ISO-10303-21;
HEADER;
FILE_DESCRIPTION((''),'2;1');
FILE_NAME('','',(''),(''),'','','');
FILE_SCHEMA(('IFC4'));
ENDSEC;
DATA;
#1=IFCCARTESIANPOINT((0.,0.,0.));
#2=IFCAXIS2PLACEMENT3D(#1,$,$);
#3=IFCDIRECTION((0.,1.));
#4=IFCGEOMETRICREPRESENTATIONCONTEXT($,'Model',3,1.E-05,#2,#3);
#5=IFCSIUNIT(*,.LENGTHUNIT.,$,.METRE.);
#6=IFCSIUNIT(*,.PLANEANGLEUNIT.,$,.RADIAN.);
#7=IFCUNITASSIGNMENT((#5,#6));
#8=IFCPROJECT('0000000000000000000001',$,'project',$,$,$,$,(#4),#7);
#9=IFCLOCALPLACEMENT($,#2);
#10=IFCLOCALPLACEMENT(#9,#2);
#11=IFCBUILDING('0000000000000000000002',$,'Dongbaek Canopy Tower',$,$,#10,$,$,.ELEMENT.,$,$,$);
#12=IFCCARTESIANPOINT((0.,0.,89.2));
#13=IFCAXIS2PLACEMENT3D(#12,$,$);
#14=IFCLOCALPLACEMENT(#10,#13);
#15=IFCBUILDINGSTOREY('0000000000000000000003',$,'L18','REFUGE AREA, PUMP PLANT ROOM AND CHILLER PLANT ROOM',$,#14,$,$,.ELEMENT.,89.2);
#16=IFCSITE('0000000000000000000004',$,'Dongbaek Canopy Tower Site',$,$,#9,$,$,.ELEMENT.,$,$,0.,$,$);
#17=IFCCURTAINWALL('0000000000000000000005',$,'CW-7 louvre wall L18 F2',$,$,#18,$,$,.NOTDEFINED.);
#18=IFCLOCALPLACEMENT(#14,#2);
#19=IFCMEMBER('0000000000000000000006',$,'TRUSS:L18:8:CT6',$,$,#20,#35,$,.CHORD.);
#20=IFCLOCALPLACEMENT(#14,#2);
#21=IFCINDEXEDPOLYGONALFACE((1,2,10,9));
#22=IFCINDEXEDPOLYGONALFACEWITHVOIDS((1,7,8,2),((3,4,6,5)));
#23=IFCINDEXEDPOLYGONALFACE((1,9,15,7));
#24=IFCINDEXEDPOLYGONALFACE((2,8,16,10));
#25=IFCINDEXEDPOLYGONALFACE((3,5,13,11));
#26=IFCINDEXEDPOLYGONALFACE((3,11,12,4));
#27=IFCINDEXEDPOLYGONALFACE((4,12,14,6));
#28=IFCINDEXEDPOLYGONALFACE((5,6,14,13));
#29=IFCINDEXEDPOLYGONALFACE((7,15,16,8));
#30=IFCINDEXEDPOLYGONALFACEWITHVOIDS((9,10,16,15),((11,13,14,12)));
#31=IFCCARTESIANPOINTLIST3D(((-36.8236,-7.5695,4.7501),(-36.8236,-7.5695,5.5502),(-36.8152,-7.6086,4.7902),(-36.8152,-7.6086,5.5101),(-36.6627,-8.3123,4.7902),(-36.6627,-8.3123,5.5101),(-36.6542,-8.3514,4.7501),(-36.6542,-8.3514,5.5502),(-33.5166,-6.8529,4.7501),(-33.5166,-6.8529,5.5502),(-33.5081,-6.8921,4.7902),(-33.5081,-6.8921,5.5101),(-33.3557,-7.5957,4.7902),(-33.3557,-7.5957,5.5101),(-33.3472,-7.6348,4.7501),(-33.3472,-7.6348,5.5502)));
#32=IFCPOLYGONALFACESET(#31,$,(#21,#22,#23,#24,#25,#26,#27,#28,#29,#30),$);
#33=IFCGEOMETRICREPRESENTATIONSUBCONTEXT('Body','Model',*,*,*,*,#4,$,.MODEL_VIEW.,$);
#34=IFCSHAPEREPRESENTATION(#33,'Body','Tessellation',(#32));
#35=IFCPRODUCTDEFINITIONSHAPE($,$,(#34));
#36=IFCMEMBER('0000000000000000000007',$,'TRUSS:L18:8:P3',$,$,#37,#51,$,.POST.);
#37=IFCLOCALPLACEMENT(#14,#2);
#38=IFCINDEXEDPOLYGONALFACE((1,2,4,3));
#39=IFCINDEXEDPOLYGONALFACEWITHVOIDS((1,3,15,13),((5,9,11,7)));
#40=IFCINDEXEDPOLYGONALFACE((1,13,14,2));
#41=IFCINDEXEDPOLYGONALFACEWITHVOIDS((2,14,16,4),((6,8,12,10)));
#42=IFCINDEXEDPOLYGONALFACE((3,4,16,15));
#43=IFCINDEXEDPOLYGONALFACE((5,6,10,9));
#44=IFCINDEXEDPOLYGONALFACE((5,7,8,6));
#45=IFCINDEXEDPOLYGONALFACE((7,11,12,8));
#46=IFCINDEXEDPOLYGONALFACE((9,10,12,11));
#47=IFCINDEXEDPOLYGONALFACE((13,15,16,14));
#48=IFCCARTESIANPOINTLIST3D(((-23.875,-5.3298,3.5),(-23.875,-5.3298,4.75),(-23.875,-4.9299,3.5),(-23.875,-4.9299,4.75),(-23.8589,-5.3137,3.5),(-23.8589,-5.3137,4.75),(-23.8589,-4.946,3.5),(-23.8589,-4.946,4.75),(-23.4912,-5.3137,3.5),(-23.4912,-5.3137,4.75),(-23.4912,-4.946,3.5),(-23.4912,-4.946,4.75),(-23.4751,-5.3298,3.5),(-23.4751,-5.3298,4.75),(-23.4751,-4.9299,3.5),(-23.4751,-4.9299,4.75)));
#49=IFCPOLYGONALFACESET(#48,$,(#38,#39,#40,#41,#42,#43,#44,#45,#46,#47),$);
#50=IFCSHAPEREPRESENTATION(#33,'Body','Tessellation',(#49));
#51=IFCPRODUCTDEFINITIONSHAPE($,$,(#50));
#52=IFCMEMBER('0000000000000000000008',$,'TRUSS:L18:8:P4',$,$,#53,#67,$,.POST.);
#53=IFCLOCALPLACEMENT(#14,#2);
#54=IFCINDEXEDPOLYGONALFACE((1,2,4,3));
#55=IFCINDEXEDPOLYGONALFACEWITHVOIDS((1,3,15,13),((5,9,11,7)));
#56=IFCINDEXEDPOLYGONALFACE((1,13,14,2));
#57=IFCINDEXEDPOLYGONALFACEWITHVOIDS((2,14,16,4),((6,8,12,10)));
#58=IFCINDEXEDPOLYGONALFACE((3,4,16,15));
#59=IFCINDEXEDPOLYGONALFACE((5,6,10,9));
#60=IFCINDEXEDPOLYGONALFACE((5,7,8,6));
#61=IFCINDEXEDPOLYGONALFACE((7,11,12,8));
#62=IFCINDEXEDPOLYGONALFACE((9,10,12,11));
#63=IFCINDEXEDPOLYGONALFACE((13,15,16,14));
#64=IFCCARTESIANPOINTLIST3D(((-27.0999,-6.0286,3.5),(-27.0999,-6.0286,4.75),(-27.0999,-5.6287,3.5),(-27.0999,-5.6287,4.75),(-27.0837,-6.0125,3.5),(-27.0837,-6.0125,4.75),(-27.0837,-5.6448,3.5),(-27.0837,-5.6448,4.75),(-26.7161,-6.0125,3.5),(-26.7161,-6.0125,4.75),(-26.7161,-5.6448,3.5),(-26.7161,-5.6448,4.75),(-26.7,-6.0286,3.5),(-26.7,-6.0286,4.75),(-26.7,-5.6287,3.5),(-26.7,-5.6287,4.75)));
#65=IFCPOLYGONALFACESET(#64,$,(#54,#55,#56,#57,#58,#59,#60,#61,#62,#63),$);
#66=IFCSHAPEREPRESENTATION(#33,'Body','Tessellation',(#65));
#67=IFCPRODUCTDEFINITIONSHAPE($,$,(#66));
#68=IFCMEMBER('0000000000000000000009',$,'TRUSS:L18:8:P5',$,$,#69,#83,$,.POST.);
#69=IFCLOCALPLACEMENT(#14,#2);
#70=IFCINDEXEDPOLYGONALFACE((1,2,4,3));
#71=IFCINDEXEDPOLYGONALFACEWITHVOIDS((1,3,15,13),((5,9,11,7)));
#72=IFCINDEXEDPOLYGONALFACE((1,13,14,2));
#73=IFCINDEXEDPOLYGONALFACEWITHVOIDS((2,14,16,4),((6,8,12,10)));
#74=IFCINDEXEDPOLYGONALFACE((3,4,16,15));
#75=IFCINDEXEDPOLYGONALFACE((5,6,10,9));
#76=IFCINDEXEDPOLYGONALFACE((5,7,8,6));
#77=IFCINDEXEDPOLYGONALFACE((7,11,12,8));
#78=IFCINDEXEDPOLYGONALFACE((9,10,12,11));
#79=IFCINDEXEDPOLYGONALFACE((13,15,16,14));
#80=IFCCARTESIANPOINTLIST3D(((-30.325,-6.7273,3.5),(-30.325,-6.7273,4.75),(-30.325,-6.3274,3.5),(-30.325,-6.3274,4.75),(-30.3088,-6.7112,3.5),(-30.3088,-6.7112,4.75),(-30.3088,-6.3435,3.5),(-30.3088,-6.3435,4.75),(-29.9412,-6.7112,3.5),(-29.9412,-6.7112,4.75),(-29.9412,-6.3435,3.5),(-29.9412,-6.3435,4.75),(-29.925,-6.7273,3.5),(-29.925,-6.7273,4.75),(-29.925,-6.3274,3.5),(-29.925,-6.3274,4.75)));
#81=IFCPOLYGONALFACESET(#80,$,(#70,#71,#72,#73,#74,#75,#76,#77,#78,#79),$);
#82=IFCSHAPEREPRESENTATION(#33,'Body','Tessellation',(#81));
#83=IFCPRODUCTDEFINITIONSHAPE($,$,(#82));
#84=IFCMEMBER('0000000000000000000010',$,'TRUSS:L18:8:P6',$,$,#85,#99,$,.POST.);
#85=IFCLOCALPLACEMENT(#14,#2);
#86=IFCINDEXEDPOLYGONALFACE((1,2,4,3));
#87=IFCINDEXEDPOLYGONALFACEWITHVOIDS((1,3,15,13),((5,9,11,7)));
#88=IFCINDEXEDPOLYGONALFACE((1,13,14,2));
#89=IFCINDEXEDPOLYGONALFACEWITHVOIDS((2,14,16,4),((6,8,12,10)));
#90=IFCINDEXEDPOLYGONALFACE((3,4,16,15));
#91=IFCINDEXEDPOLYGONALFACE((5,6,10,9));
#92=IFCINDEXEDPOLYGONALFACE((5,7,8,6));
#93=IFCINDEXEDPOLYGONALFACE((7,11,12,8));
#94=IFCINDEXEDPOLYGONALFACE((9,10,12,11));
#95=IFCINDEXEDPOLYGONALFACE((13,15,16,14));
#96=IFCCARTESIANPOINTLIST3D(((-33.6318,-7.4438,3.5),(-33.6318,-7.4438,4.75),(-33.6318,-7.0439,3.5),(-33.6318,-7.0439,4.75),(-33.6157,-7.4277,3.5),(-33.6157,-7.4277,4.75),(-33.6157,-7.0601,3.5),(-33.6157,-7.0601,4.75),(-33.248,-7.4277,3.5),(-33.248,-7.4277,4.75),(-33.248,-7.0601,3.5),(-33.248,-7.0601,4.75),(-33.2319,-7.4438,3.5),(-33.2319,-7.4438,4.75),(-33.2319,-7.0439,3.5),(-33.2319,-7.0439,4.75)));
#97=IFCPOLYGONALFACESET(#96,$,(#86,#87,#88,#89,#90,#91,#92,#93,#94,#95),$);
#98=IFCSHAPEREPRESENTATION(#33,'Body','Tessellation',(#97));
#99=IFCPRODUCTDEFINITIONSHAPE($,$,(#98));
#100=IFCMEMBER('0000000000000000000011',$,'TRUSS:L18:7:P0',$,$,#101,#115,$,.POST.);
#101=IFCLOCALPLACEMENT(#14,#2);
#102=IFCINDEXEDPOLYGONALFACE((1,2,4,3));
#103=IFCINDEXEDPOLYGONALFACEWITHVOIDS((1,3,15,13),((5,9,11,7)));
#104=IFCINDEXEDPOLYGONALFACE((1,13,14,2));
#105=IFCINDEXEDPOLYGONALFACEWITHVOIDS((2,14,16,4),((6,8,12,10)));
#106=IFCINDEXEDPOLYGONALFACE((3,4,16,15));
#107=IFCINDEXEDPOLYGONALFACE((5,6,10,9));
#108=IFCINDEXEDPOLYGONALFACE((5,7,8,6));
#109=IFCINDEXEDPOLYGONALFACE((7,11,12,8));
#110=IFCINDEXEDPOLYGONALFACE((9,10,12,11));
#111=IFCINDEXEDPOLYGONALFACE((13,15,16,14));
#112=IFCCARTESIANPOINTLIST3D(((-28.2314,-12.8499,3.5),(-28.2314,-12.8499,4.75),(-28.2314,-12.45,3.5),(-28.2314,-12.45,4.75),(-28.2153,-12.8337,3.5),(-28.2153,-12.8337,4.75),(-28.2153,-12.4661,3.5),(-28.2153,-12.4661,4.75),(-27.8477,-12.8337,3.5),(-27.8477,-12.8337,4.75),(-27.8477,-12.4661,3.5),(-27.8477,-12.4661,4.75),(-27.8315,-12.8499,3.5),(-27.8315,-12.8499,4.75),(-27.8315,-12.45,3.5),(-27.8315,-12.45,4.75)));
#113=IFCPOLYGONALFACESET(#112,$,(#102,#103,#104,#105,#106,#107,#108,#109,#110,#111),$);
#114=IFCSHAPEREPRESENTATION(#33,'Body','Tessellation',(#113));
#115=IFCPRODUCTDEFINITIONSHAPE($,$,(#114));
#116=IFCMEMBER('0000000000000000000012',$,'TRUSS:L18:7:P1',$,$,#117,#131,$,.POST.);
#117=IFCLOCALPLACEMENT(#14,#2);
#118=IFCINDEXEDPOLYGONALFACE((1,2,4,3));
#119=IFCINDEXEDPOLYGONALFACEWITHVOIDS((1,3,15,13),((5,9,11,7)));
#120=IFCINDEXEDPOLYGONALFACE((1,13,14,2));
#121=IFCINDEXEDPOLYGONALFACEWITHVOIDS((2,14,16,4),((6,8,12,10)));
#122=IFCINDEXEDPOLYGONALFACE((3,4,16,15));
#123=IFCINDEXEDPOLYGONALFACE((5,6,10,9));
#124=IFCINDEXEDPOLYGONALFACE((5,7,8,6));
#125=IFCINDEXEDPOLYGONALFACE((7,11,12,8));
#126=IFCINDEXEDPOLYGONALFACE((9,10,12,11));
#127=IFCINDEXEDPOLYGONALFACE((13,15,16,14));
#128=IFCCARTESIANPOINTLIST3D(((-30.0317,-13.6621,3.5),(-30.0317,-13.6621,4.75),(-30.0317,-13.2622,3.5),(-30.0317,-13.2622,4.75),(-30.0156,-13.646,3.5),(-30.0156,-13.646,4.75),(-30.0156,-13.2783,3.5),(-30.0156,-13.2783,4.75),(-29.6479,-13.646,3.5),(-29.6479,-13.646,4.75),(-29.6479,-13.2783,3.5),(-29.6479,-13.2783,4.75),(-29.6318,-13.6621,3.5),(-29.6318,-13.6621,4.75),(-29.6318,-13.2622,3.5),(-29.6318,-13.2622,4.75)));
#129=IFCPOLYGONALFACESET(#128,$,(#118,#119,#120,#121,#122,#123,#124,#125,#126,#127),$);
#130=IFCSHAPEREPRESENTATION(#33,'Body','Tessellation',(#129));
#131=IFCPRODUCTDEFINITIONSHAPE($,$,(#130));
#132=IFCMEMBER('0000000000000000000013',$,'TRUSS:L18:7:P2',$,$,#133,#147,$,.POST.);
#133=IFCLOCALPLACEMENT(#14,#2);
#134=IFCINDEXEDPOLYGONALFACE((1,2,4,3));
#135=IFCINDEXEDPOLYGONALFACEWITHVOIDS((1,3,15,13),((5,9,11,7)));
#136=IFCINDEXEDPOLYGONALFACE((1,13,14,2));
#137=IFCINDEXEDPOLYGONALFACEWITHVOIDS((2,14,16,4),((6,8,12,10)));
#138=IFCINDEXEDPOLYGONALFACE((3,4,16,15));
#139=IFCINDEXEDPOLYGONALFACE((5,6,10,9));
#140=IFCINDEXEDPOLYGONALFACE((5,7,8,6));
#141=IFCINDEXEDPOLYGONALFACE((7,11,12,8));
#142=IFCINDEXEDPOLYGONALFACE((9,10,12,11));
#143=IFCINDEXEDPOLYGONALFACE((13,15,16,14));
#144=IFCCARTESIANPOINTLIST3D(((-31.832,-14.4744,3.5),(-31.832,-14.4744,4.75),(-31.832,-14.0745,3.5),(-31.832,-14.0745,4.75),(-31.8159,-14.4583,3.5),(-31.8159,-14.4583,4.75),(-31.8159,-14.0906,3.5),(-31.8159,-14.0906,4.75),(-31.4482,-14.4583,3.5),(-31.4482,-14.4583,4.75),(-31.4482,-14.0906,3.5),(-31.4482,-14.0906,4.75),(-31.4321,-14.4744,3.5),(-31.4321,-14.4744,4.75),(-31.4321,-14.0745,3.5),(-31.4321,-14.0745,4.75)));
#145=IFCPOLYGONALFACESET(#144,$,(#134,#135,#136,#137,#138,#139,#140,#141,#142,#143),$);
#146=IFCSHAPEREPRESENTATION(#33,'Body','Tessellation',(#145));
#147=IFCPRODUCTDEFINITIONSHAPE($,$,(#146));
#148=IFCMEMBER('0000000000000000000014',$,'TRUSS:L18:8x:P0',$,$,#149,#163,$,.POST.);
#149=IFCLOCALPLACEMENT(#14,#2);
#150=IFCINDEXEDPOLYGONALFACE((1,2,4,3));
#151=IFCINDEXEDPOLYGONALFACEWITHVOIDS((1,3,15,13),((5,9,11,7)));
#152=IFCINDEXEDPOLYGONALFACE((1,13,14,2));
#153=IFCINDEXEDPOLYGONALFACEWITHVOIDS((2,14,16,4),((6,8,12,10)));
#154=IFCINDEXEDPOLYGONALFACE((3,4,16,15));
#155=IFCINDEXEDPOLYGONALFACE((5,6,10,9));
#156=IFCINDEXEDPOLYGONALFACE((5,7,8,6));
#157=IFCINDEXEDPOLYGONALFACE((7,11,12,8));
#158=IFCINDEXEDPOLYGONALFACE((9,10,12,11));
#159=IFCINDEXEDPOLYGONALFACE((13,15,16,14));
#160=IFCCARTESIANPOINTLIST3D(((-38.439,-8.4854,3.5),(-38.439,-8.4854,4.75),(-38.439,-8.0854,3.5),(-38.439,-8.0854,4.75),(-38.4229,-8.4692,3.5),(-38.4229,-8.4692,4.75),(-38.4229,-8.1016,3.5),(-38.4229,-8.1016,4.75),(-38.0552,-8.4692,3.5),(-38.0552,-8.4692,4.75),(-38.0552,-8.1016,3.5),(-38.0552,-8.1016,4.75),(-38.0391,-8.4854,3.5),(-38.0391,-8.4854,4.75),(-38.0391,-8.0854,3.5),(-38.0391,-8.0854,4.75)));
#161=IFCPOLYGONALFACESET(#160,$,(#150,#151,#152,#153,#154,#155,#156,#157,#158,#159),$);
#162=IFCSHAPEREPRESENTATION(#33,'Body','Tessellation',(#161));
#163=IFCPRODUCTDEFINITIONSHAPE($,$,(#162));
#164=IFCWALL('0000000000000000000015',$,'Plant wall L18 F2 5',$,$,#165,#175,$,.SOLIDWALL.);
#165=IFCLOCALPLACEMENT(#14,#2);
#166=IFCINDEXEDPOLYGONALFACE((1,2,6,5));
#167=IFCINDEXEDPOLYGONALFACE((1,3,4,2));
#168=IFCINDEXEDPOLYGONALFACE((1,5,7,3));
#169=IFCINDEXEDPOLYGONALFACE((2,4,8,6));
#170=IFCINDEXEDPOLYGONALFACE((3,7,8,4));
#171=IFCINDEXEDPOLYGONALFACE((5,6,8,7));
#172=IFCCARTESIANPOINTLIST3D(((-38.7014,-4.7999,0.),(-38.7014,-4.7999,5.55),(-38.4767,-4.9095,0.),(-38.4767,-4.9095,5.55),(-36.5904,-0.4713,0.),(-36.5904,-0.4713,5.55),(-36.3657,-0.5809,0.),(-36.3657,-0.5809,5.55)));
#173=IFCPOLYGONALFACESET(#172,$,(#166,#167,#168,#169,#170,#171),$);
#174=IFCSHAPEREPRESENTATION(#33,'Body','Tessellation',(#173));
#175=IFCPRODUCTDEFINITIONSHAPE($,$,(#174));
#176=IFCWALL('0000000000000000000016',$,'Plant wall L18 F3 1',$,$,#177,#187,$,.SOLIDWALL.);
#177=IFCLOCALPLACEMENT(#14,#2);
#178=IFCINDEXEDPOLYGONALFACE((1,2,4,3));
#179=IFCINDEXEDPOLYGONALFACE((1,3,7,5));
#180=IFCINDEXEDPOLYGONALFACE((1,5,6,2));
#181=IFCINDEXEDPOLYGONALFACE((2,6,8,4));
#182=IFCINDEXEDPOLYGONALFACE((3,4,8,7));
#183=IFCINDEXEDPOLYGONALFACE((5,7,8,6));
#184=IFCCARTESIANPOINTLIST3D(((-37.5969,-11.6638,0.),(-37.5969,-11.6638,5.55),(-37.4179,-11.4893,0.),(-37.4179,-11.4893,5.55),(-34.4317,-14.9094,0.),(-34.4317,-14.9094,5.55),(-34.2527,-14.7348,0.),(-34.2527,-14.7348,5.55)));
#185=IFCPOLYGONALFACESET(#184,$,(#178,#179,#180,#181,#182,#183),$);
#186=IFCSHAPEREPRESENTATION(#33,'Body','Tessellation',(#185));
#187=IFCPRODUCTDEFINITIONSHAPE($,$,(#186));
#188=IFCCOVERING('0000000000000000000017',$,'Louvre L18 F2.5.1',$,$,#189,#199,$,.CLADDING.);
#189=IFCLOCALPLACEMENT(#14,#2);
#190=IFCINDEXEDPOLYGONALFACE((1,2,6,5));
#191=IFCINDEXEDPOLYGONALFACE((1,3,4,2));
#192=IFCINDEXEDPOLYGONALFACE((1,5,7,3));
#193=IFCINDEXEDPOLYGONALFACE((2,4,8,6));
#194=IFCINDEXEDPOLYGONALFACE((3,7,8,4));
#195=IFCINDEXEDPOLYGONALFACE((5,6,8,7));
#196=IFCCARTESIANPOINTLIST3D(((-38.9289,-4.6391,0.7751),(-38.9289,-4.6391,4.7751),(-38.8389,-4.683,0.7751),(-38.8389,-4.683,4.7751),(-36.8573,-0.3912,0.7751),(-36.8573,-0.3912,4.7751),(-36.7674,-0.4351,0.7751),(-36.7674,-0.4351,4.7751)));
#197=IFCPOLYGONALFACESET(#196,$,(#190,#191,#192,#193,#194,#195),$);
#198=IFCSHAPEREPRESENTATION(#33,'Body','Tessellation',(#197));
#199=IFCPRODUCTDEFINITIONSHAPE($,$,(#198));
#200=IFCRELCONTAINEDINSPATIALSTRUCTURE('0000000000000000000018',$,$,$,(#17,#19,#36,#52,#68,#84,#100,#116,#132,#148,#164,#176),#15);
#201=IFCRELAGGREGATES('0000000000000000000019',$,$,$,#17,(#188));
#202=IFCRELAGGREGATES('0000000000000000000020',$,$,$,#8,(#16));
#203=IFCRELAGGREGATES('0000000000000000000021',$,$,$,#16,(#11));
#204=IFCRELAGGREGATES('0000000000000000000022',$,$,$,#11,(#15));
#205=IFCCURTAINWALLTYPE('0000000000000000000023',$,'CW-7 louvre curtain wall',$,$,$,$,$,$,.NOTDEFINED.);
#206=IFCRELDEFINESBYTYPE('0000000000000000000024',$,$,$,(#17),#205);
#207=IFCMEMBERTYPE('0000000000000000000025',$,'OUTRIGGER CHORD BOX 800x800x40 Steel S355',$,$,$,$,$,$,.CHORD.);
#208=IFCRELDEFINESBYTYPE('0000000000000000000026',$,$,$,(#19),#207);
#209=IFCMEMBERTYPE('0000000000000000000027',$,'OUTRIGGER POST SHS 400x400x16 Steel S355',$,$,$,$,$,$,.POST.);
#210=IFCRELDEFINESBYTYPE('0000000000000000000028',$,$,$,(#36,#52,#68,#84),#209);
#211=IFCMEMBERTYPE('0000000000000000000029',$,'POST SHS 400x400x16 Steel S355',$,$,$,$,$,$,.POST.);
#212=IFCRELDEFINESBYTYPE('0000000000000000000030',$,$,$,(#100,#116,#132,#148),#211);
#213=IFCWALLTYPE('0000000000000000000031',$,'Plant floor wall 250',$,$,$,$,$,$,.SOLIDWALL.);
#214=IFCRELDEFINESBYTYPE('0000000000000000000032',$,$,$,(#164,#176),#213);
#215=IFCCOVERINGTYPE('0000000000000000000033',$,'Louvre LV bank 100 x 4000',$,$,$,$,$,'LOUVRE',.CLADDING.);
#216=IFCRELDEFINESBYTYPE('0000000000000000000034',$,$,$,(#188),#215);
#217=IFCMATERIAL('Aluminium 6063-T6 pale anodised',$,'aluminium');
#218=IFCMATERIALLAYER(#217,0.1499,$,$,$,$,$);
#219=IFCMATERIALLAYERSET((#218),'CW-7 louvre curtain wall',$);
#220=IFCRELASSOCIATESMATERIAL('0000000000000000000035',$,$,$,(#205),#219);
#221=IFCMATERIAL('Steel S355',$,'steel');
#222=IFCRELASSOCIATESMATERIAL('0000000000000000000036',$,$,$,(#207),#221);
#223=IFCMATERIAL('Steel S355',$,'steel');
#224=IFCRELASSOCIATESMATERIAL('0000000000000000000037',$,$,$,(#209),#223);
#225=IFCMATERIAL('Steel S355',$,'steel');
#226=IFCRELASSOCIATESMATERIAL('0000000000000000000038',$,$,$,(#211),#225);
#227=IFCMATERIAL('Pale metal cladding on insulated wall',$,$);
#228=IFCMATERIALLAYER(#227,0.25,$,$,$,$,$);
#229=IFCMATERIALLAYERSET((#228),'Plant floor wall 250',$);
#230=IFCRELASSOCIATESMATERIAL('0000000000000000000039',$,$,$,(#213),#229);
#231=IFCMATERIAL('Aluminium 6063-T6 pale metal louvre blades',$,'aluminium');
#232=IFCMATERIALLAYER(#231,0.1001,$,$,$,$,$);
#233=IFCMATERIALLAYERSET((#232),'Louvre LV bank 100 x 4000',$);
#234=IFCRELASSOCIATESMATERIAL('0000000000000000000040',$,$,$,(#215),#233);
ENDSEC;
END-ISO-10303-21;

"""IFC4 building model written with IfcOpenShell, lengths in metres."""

from ifc_helpers import new_model, si_unit, direction, frame, frame_2d, origin, origin_2d, place, context, subcontext, project, spatial, rectangle, hollow_rectangle, extrude, material, layer, layer_set, material_profile, profile_set, type_object, element, aggregate, save


model = new_model("IFC4")

# Units and contexts
model_context = context("Model", 3, precision=1e-05, world=origin(), true_north=direction((0.0, 1.0)))
body_context = subcontext(model_context, "Body", "Model", "MODEL_VIEW")
ifc_project = project(units=[si_unit("LENGTHUNIT", "METRE"), si_unit("PLANEANGLEUNIT", "RADIAN")], contexts=[model_context])

# Site, building, storey
site_placement = place(None, origin())
site = spatial("IfcSite", under=ifc_project, at=site_placement, Name="Dongbaek Canopy Tower Site", CompositionType="ELEMENT", RefElevation=0.0)
building_placement = place(site_placement, origin())
building = spatial("IfcBuilding", under=site, at=building_placement, Name="Dongbaek Canopy Tower", CompositionType="ELEMENT")
storey_placement = place(building_placement, frame((0.0, 0.0, 89.2)))
storey = spatial("IfcBuildingStorey", under=building, at=storey_placement, Name="L18", Description="REFUGE AREA, PUMP PLANT ROOM AND CHILLER PLANT ROOM", CompositionType="ELEMENT", Elevation=89.2)

# Curtain wall
ifc_material_1 = material(Name="Aluminium 6063-T6 pale anodised", Category="aluminium")
ifc_layer_1 = layer(ifc_material_1, 0.1499)
ifc_layer_set_1 = layer_set([ifc_layer_1], Name="CW-7 louvre curtain wall")
curtain_wall_type = type_object("IfcCurtainWallType", Name="CW-7 louvre curtain wall", PredefinedType="NOTDEFINED", material=ifc_layer_set_1)
curtain_wall_1_placement = place(storey_placement, origin())
curtain_wall_1 = element("IfcCurtainWall", 1, at=curtain_wall_1_placement, inside=storey, type_object=curtain_wall_type, Name="CW-7 louvre wall L18 F2", PredefinedType="NOTDEFINED")

# Members
ifc_material_2 = material(Name="Steel S355", Category="steel")
ifc_material_profile_1 = material_profile(ifc_material_2, hollow_rectangle(XDim=0.8, YDim=0.8, WallThickness=0.04, at=origin_2d()), Name="OUTRIGGER CHORD BOX 800x800x40 Steel S355")
ifc_profile_set_1 = profile_set([ifc_material_profile_1], Name="Steel S355")
member_type_1 = type_object("IfcMemberType", Name="OUTRIGGER CHORD BOX 800x800x40 Steel S355", PredefinedType="CHORD", material=ifc_profile_set_1)
member_1_placement = place(storey_placement, frame((-33.4319, -7.2439, 5.1501), z_axis=(-0.977323, -0.211756, 0.0), x_axis=(0.211756, -0.977323, 0.0)))
element("IfcMember", 2, at=member_1_placement, inside=storey, type_object=member_type_1, Name="TRUSS:L18:8:CT6", PredefinedType="CHORD", context=body_context, shape_type="SweptSolid", body=[
    extrude(hollow_rectangle(XDim=0.8, YDim=0.8, WallThickness=0.04, at=origin_2d()), origin(), (0.0, 0.0, 1.0), 3.3838),
])
ifc_material_3 = material(Name="Steel S355", Category="steel")
ifc_material_profile_2 = material_profile(ifc_material_3, hollow_rectangle(XDim=0.3999, YDim=0.3999, WallThickness=0.0161, at=origin_2d()), Name="OUTRIGGER POST SHS 400x400x16 Steel S355")
ifc_profile_set_2 = profile_set([ifc_material_profile_2], Name="Steel S355")
member_type_2 = type_object("IfcMemberType", Name="OUTRIGGER POST SHS 400x400x16 Steel S355", PredefinedType="POST", material=ifc_profile_set_2)
for number, where, z_axis, x_axis, name in (
    (3, (-23.675, -5.1299, 3.5), (0.0, 0.0, 1.0), (1.0, 0.0, 0.0), "TRUSS:L18:8:P3"),
    (4, (-26.8999, -5.8286, 3.5), (0.0, 0.0, 1.0), (1.0, 0.0, 0.0), "TRUSS:L18:8:P4"),
    (5, (-30.125, -6.5273, 3.5), (0.0, 0.0, 1.0), (1.0, 0.0, 0.0), "TRUSS:L18:8:P5"),
    (6, (-33.4319, -7.2439, 3.5), (0.0, 0.0, 1.0), (1.0, 0.0, 0.0), "TRUSS:L18:8:P6"),
):
    element("IfcMember", number, at=place(storey_placement, frame(where, z_axis=z_axis, x_axis=x_axis)), inside=storey, type_object=member_type_2, Name=name, PredefinedType="POST", context=body_context, shape_type="SweptSolid", body=[
        extrude(hollow_rectangle(XDim=0.3999, YDim=0.3999, WallThickness=0.0161, at=origin_2d()), origin(), (0.0, 0.0, 1.0), 1.25),
    ])
ifc_material_4 = material(Name="Steel S355", Category="steel")
ifc_material_profile_3 = material_profile(ifc_material_4, hollow_rectangle(XDim=0.3999, YDim=0.3999, WallThickness=0.0161, at=origin_2d()), Name="POST SHS 400x400x16 Steel S355")
ifc_profile_set_3 = profile_set([ifc_material_profile_3], Name="Steel S355")
member_type_3 = type_object("IfcMemberType", Name="POST SHS 400x400x16 Steel S355", PredefinedType="POST", material=ifc_profile_set_3)
for number, where, z_axis, x_axis, name in (
    (7, (-28.0315, -12.6499, 3.5), (0.0, 0.0, 1.0), (1.0, 0.0, 0.0), "TRUSS:L18:7:P0"),
    (8, (-29.8318, -13.4622, 3.5), (0.0, 0.0, 1.0), (1.0, 0.0, 0.0), "TRUSS:L18:7:P1"),
    (9, (-31.6321, -14.2744, 3.5), (0.0, 0.0, 1.0), (1.0, 0.0, 0.0), "TRUSS:L18:7:P2"),
    (10, (-38.239, -8.2854, 3.5), (0.0, 0.0, 1.0), (1.0, 0.0, 0.0), "TRUSS:L18:8x:P0"),
):
    element("IfcMember", number, at=place(storey_placement, frame(where, z_axis=z_axis, x_axis=x_axis)), inside=storey, type_object=member_type_3, Name=name, PredefinedType="POST", context=body_context, shape_type="SweptSolid", body=[
        extrude(hollow_rectangle(XDim=0.3999, YDim=0.3999, WallThickness=0.0161, at=origin_2d()), origin(), (0.0, 0.0, 1.0), 1.25),
    ])

# Walls
ifc_material_5 = material(Name="Pale metal cladding on insulated wall")
ifc_layer_2 = layer(ifc_material_5, 0.25)
ifc_layer_set_2 = layer_set([ifc_layer_2], Name="Plant floor wall 250")
wall_type = type_object("IfcWallType", Name="Plant floor wall 250", PredefinedType="SOLIDWALL", material=ifc_layer_set_2)
wall_1_placement = place(storey_placement, frame((-36.478, -0.5261, 0.0), z_axis=(0.0, 0.0, 1.0), x_axis=(-0.438351, -0.898804, 0.0)))
element("IfcWall", 11, at=wall_1_placement, inside=storey, type_object=wall_type, Name="Plant wall L18 F2 5", PredefinedType="SOLIDWALL", context=body_context, shape_type="SweptSolid", body=[
    extrude(rectangle(XDim=4.8159, YDim=0.25, at=frame_2d((2.408, 0.0))), origin(), (0.0, 0.0, 1.0), 5.55),
])
wall_2_placement = place(storey_placement, frame((-37.5073, -11.5767, 0.0), z_axis=(0.0, 0.0, 1.0), x_axis=(0.698193, -0.71591, 0.0)))
element("IfcWall", 12, at=wall_2_placement, inside=storey, type_object=wall_type, Name="Plant wall L18 F3 1", PredefinedType="SOLIDWALL", context=body_context, shape_type="SweptSolid", body=[
    extrude(rectangle(XDim=4.5334, YDim=0.25, at=frame_2d((2.2666, 0.0))), origin(), (0.0, 0.0, 1.0), 5.55),
])

# Covering
ifc_material_6 = material(Name="Aluminium 6063-T6 pale metal louvre blades", Category="aluminium")
ifc_layer_3 = layer(ifc_material_6, 0.1001)
ifc_layer_set_3 = layer_set([ifc_layer_3], Name="Louvre LV bank 100 x 4000")
covering_type = type_object("IfcCoveringType", Name="Louvre LV bank 100 x 4000", ElementType="LOUVRE", PredefinedType="CLADDING", material=ifc_layer_set_3)
covering_1_placement = place(storey_placement, frame((-37.8481, -2.5371, 0.7751), z_axis=(0.0, 0.0, 1.0), x_axis=(-0.438328, -0.898815, 0.0)))
covering_1 = element("IfcCovering", 13, at=covering_1_placement, type_object=covering_type, Name="Louvre L18 F2.5.1", PredefinedType="CLADDING", context=body_context, shape_type="SweptSolid", body=[
    extrude(rectangle(XDim=4.7261, YDim=0.1001, at=origin_2d()), origin(), (0.0, 0.0, 1.0), 4.0),
])

aggregate(curtain_wall_1, [covering_1])

save(model, "model.ifc")
